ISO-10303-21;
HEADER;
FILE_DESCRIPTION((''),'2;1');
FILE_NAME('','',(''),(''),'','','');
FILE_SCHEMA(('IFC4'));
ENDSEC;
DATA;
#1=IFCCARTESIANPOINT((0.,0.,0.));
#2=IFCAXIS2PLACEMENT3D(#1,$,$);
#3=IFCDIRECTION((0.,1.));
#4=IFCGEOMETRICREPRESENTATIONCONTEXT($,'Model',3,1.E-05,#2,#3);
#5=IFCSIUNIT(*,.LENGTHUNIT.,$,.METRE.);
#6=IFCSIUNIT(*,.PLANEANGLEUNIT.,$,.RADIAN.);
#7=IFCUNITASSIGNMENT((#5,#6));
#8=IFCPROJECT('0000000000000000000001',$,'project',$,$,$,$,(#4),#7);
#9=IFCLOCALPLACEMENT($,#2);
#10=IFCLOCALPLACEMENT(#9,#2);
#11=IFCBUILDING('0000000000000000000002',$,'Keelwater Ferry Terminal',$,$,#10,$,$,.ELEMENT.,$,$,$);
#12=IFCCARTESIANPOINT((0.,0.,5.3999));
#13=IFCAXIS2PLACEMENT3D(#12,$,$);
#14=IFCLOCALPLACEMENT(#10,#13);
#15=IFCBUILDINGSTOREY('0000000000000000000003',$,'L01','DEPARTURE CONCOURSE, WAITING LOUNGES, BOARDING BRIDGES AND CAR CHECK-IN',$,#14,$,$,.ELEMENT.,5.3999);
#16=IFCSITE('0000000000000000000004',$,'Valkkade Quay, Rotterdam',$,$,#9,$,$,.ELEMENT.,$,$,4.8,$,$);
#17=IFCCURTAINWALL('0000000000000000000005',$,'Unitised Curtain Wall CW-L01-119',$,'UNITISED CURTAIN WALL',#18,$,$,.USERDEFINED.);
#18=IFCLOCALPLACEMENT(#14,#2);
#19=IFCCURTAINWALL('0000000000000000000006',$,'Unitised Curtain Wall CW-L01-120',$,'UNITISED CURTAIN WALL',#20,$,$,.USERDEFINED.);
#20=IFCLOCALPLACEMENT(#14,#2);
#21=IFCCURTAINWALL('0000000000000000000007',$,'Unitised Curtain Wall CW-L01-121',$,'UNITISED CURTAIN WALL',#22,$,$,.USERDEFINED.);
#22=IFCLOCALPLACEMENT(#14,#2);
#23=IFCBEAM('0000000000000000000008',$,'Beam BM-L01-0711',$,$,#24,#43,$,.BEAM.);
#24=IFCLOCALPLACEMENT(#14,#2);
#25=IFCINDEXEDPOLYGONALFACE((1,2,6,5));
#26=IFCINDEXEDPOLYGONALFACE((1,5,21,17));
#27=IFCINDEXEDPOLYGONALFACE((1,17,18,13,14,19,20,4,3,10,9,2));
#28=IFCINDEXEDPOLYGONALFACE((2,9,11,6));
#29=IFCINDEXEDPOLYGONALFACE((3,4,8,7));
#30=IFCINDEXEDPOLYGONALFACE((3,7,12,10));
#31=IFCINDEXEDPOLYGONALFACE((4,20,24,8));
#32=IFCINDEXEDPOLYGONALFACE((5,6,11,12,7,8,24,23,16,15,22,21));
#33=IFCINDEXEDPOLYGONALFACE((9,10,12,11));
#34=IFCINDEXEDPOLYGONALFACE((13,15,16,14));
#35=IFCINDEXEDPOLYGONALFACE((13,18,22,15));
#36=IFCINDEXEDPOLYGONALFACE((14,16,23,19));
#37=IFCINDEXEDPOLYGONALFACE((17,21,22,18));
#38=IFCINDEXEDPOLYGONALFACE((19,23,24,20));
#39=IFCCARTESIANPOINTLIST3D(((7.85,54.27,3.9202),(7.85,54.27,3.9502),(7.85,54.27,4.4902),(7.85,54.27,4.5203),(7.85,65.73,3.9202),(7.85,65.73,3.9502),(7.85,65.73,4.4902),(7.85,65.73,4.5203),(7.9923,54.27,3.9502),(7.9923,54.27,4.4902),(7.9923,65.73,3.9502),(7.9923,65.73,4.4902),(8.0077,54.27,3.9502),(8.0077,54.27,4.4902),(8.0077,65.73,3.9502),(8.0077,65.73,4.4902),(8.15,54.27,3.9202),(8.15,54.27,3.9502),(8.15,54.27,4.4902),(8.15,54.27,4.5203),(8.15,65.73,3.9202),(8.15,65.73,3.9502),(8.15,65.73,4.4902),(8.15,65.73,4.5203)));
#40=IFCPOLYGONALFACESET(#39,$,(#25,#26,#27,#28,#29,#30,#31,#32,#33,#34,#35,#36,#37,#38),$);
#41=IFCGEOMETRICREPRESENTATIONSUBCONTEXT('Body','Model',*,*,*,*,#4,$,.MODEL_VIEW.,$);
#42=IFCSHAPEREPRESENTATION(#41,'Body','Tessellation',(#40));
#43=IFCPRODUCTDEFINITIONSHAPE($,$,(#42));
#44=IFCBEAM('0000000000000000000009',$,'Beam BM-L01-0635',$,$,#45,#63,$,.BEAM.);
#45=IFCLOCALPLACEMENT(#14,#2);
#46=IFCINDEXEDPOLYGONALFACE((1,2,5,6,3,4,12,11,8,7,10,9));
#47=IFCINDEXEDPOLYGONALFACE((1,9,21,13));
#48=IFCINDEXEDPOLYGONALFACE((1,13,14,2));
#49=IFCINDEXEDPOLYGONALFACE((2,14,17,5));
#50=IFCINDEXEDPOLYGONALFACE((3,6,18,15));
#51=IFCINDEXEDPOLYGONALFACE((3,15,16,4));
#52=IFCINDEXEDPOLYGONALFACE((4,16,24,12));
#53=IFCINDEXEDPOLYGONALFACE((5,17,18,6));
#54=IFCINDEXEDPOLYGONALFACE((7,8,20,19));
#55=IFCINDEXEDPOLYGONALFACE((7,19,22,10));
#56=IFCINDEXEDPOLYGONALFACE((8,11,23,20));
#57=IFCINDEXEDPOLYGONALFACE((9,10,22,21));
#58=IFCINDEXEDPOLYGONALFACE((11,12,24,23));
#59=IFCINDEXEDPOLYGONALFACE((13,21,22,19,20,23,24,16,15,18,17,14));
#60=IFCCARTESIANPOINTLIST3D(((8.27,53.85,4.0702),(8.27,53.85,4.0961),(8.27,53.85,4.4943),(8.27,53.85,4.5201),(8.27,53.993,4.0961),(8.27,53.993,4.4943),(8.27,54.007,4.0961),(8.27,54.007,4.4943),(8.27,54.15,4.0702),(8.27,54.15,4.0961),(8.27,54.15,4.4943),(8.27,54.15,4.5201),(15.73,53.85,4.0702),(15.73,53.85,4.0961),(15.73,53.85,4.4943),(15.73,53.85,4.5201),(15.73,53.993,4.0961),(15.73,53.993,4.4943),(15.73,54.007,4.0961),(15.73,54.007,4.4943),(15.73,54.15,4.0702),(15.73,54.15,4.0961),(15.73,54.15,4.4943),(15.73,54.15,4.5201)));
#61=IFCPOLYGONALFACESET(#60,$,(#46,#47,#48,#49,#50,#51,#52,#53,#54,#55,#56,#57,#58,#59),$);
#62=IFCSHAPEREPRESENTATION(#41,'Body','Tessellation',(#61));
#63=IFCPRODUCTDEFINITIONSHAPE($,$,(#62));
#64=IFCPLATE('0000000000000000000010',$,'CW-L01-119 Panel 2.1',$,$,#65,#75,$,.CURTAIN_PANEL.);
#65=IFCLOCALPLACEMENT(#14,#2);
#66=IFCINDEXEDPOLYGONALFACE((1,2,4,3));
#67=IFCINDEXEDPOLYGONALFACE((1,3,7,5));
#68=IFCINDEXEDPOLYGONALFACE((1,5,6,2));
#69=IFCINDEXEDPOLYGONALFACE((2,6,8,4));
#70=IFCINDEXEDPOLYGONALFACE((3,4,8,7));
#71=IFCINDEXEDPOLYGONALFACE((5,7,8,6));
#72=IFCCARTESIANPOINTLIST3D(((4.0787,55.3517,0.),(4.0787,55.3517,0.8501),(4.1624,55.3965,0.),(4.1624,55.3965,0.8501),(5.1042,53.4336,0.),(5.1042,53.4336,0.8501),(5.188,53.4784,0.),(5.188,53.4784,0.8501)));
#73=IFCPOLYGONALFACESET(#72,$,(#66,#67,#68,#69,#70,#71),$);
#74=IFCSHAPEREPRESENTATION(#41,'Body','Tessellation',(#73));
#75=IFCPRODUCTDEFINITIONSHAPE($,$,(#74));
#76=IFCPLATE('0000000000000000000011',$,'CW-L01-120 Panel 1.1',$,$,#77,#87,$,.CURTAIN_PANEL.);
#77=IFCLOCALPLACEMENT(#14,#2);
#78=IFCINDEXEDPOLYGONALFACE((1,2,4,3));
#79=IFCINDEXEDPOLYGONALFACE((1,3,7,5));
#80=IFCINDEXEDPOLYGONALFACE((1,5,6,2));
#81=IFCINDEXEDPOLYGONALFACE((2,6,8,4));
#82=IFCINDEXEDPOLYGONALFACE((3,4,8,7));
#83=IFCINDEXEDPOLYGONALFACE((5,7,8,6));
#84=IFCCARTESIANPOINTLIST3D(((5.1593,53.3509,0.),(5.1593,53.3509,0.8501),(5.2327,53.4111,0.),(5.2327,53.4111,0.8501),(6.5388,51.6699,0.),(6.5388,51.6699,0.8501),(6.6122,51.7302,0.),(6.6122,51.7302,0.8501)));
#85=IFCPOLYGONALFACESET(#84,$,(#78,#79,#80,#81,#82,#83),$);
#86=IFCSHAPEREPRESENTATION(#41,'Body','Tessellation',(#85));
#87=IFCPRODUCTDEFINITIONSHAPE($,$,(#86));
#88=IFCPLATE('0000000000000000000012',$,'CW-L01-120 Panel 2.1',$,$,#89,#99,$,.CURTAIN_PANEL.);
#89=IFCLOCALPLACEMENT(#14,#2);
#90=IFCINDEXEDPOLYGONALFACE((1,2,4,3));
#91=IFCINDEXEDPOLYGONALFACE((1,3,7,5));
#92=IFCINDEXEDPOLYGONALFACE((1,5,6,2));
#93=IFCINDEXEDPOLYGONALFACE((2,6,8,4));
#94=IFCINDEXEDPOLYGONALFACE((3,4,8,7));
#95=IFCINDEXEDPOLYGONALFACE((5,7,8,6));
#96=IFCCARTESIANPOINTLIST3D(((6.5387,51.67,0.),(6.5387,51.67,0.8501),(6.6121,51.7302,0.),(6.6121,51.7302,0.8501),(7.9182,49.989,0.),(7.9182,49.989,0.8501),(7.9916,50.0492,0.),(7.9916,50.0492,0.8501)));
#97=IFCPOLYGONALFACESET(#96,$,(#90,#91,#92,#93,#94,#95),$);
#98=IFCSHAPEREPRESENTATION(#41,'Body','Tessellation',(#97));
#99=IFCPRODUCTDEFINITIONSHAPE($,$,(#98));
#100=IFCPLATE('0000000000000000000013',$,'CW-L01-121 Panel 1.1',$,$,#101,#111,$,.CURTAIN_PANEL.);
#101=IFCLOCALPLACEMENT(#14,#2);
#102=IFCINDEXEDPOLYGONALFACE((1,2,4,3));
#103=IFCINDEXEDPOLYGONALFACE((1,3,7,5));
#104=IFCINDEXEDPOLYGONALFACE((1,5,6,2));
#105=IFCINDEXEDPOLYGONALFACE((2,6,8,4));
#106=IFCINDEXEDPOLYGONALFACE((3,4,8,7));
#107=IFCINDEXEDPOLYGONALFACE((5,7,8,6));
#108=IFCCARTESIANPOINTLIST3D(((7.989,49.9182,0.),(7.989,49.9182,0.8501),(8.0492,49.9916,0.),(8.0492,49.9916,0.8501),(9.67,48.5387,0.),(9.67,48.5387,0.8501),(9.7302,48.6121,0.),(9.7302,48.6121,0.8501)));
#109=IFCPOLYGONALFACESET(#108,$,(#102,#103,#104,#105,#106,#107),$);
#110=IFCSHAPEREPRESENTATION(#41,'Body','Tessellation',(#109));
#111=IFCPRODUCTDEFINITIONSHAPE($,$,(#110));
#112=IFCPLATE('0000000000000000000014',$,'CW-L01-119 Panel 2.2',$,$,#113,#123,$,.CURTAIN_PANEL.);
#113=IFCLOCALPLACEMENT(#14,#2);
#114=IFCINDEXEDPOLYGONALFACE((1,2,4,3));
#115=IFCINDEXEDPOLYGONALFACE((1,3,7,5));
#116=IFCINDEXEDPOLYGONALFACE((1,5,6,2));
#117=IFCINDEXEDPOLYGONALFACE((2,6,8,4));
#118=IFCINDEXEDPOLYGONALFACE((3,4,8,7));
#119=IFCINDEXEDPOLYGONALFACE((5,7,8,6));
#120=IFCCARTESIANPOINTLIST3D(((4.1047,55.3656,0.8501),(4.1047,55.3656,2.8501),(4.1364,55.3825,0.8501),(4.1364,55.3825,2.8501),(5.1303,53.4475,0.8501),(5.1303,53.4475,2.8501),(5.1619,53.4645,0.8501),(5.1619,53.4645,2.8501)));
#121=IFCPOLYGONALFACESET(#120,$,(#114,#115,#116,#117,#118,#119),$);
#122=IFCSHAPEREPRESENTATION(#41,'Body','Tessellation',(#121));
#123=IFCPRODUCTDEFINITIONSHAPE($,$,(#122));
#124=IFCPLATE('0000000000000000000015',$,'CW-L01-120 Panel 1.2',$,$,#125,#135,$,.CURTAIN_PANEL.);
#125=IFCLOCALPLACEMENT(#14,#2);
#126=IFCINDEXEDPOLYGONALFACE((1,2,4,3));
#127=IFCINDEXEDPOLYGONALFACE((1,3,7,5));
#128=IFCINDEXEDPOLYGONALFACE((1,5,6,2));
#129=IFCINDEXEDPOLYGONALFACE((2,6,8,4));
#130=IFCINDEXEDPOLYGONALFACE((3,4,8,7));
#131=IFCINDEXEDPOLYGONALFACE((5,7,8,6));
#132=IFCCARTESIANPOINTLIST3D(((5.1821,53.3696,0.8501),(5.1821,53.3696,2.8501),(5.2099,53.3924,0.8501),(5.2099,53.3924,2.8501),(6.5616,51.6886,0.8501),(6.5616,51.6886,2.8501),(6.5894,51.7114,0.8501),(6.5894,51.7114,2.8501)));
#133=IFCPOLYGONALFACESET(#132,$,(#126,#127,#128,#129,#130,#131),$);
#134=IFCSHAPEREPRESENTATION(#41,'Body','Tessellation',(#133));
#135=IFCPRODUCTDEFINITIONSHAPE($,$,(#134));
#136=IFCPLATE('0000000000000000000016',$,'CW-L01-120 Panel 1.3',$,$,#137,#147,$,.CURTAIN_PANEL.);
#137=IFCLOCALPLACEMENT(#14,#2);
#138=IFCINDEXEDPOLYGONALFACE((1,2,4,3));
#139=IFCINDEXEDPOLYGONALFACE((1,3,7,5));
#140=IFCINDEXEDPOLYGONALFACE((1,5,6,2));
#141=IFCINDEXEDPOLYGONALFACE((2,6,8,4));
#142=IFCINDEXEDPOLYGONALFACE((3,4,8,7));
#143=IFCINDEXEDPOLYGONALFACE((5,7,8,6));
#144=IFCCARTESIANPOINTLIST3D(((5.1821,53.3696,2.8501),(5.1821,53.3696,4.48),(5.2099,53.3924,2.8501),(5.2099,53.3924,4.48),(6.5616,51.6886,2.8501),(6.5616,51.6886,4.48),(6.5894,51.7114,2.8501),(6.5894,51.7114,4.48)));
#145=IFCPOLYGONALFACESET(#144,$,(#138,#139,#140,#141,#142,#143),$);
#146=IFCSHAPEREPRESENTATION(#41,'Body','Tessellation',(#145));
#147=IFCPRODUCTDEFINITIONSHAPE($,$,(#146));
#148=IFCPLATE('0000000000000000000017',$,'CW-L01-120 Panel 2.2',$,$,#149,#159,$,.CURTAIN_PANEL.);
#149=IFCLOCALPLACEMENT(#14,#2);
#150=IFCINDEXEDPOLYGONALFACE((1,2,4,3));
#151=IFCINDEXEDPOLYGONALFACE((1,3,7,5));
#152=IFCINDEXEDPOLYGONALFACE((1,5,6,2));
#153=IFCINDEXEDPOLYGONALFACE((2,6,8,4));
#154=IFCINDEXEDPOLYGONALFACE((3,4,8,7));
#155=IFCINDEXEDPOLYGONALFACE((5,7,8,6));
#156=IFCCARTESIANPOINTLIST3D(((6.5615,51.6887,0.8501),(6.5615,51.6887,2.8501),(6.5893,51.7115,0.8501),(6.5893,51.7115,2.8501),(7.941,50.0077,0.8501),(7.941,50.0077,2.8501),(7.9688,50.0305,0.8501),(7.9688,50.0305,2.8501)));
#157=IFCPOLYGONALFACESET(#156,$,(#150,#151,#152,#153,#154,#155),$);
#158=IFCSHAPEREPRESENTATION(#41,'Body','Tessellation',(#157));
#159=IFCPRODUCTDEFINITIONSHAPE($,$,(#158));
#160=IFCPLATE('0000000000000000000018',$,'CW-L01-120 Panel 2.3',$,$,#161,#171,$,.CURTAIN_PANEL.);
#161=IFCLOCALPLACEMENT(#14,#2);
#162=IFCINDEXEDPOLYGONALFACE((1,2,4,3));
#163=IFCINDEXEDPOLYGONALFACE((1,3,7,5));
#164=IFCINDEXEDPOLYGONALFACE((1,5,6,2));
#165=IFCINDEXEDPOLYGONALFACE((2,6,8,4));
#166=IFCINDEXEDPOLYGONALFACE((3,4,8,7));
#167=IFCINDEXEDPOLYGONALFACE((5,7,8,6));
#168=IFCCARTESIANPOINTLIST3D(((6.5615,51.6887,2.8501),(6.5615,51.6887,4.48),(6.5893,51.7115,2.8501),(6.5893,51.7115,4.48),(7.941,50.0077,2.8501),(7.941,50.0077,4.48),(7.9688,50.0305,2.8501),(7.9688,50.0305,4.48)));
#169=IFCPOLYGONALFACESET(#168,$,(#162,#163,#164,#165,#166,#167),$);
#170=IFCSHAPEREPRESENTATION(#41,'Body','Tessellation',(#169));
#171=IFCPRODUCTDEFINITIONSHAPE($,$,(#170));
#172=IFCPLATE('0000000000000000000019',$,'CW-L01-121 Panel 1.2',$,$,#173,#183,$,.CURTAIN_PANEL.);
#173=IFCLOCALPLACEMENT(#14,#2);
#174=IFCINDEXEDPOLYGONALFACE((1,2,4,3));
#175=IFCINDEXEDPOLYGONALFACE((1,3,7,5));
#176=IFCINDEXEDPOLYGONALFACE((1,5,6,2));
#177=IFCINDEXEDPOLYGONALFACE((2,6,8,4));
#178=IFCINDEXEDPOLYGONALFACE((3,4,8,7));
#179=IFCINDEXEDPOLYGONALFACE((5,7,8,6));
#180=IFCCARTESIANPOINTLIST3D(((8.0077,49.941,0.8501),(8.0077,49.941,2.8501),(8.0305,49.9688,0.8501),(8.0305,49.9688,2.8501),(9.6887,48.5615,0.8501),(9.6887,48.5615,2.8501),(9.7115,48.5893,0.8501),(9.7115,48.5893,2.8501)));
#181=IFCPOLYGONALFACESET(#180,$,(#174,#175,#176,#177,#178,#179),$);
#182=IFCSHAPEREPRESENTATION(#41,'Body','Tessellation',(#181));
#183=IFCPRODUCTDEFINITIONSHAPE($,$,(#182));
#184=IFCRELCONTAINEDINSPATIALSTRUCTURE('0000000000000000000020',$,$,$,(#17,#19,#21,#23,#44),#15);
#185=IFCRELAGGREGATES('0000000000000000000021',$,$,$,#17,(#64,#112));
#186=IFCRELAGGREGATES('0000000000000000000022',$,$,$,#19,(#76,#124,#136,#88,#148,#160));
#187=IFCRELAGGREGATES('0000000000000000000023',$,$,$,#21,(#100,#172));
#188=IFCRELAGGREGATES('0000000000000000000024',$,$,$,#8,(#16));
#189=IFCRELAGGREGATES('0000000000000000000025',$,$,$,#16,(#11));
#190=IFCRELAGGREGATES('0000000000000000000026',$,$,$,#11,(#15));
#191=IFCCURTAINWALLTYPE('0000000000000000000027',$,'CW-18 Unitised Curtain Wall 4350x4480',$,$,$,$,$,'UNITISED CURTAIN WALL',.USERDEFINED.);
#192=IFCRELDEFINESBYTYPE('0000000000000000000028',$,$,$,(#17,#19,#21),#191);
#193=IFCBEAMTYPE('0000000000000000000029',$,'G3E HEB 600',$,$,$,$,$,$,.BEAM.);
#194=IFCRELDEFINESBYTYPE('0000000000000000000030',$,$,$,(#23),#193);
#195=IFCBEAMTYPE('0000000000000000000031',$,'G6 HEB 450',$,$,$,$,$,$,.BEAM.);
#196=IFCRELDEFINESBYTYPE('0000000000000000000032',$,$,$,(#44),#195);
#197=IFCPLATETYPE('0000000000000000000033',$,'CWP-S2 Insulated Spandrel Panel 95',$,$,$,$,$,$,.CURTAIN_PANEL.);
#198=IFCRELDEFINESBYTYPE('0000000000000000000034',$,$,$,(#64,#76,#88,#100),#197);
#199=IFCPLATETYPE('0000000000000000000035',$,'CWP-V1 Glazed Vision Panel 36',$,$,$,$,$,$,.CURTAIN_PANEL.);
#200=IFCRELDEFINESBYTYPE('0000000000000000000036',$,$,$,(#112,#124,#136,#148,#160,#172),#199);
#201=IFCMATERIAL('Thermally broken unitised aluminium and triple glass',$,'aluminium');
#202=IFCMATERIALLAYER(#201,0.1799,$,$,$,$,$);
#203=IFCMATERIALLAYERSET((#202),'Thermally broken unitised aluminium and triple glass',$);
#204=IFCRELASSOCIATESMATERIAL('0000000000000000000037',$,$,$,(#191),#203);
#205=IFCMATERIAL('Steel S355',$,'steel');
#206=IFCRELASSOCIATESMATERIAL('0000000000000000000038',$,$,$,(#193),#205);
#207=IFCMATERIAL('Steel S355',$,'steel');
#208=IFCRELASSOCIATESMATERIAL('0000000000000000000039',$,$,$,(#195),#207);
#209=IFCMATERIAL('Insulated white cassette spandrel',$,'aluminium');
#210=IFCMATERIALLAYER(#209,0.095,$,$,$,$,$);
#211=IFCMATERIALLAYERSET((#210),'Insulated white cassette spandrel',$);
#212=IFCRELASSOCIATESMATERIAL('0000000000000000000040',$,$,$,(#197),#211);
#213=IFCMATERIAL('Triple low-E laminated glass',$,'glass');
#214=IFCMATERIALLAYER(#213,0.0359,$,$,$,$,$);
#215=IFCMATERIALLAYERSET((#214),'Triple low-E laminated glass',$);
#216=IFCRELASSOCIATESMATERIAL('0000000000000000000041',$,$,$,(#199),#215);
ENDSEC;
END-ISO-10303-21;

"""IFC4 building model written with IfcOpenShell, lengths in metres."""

from ifc_helpers import new_model, si_unit, direction, frame, origin, origin_2d, place, context, subcontext, project, spatial, rectangle, i_section, extrude, material, layer, layer_set, material_profile, profile_set, type_object, element, aggregate, save


model = new_model("IFC4")

# Units and contexts
model_context = context("Model", 3, precision=1e-05, world=origin(), true_north=direction((0.0, 1.0)))
body_context = subcontext(model_context, "Body", "Model", "MODEL_VIEW")
ifc_project = project(units=[si_unit("LENGTHUNIT", "METRE"), si_unit("PLANEANGLEUNIT", "RADIAN")], contexts=[model_context])

# Site, building, storey
site_placement = place(None, origin())
site = spatial("IfcSite", under=ifc_project, at=site_placement, Name="Valkkade Quay, Rotterdam", CompositionType="ELEMENT", RefElevation=4.8)
building_placement = place(site_placement, origin())
building = spatial("IfcBuilding", under=site, at=building_placement, Name="Keelwater Ferry Terminal", CompositionType="ELEMENT")
storey_placement = place(building_placement, frame((0.0, 0.0, 5.3999)))
storey = spatial("IfcBuildingStorey", under=building, at=storey_placement, Name="L01", Description="DEPARTURE CONCOURSE, WAITING LOUNGES, BOARDING BRIDGES AND CAR CHECK-IN", CompositionType="ELEMENT", Elevation=5.3999)

# Curtain wall
ifc_material_1 = material(Name="Thermally broken unitised aluminium and triple glass", Category="aluminium")
ifc_layer_1 = layer(ifc_material_1, 0.1799)
ifc_layer_set_1 = layer_set([ifc_layer_1], Name="Thermally broken unitised aluminium and triple glass")
curtain_wall_type = type_object("IfcCurtainWallType", Name="CW-18 Unitised Curtain Wall 4350x4480", ElementType="UNITISED CURTAIN WALL", PredefinedType="USERDEFINED", material=ifc_layer_set_1)
curtain_wall_1_placement = place(storey_placement, origin())
curtain_wall_1 = element("IfcCurtainWall", 1, at=curtain_wall_1_placement, inside=storey, type_object=curtain_wall_type, Name="Unitised Curtain Wall CW-L01-119", ObjectType="UNITISED CURTAIN WALL", PredefinedType="USERDEFINED")

# Curtain wall
curtain_wall_2_placement = place(storey_placement, origin())
curtain_wall_2 = element("IfcCurtainWall", 2, at=curtain_wall_2_placement, inside=storey, type_object=curtain_wall_type, Name="Unitised Curtain Wall CW-L01-120", ObjectType="UNITISED CURTAIN WALL", PredefinedType="USERDEFINED")

# Curtain wall
curtain_wall_3_placement = place(storey_placement, origin())
curtain_wall_3 = element("IfcCurtainWall", 3, at=curtain_wall_3_placement, inside=storey, type_object=curtain_wall_type, Name="Unitised Curtain Wall CW-L01-121", ObjectType="UNITISED CURTAIN WALL", PredefinedType="USERDEFINED")

# Beams
ifc_material_2 = material(Name="Steel S355", Category="steel")
ifc_material_profile_1 = material_profile(ifc_material_2, i_section(OverallWidth=0.3, OverallDepth=0.6001, WebThickness=0.0154, FlangeThickness=0.03, at=origin_2d()), Name="HEB 600")
ifc_profile_set_1 = profile_set([ifc_material_profile_1], Name="Steel S355")
beam_type_1 = type_object("IfcBeamType", Name="G3E HEB 600", PredefinedType="BEAM", material=ifc_profile_set_1)
beam_1_placement = place(storey_placement, frame((8.0, 54.27, 4.2202), z_axis=(0.0, 1.0, 0.0), x_axis=(-1.0, 0.0, 0.0)))
element("IfcBeam", 4, at=beam_1_placement, inside=storey, type_object=beam_type_1, Name="Beam BM-L01-0711", PredefinedType="BEAM", context=body_context, shape_type="SweptSolid", body=[
    extrude(i_section(OverallWidth=0.3, OverallDepth=0.6001, WebThickness=0.0154, FlangeThickness=0.03, at=origin_2d()), origin(), (0.0, 0.0, 1.0), 11.46),
])
ifc_material_3 = material(Name="Steel S355", Category="steel")
ifc_material_profile_2 = material_profile(ifc_material_3, i_section(OverallWidth=0.3, OverallDepth=0.45, WebThickness=0.0139, FlangeThickness=0.0259, at=origin_2d()), Name="HEB 450")
ifc_profile_set_2 = profile_set([ifc_material_profile_2], Name="Steel S355")
beam_type_2 = type_object("IfcBeamType", Name="G6 HEB 450", PredefinedType="BEAM", material=ifc_profile_set_2)
beam_2_placement = place(storey_placement, frame((8.27, 54.0, 4.2952), z_axis=(1.0, 0.0, 0.0), x_axis=(0.0, 1.0, 0.0)))
element("IfcBeam", 5, at=beam_2_placement, inside=storey, type_object=beam_type_2, Name="Beam BM-L01-0635", PredefinedType="BEAM", context=body_context, shape_type="SweptSolid", body=[
    extrude(i_section(OverallWidth=0.3, OverallDepth=0.45, WebThickness=0.0139, FlangeThickness=0.0259, at=origin_2d()), origin(), (0.0, 0.0, 1.0), 7.46),
])

# Plates
ifc_material_4 = material(Name="Insulated white cassette spandrel", Category="aluminium")
ifc_layer_2 = layer(ifc_material_4, 0.095)
ifc_layer_set_2 = layer_set([ifc_layer_2], Name="Insulated white cassette spandrel")
plate_type_1 = type_object("IfcPlateType", Name="CWP-S2 Insulated Spandrel Panel 95", PredefinedType="CURTAIN_PANEL", material=ifc_layer_set_2)
plate_1_placement = place(storey_placement, frame((4.6333, 54.415, 0.0), z_axis=(0.0, 0.0, 1.0), x_axis=(0.471507, -0.881862, 0.0)))
plate_1 = element("IfcPlate", 6, at=plate_1_placement, type_object=plate_type_1, Name="CW-L01-119 Panel 2.1", PredefinedType="CURTAIN_PANEL", context=body_context, shape_type="SweptSolid", body=[
    extrude(rectangle(XDim=2.175, YDim=0.095, at=origin_2d()), origin(), (0.0, 0.0, 1.0), 0.8501),
])
plate_2_placement = place(storey_placement, frame((5.8857, 52.5405, 0.0), z_axis=(0.0, 0.0, 1.0), x_axis=(0.634377, -0.773024, 0.0)))
plate_2 = element("IfcPlate", 7, at=plate_2_placement, type_object=plate_type_1, Name="CW-L01-120 Panel 1.1", PredefinedType="CURTAIN_PANEL", context=body_context, shape_type="SweptSolid", body=[
    extrude(rectangle(XDim=2.1746, YDim=0.095, at=origin_2d()), origin(), (0.0, 0.0, 1.0), 0.8501),
])
plate_3_placement = place(storey_placement, frame((7.2651, 50.8596, 0.0), z_axis=(0.0, 0.0, 1.0), x_axis=(0.634377, -0.773024, 0.0)))
plate_3 = element("IfcPlate", 8, at=plate_3_placement, type_object=plate_type_1, Name="CW-L01-120 Panel 2.1", PredefinedType="CURTAIN_PANEL", context=body_context, shape_type="SweptSolid", body=[
    extrude(rectangle(XDim=2.1746, YDim=0.095, at=origin_2d()), origin(), (0.0, 0.0, 1.0), 0.8501),
])
plate_4_placement = place(storey_placement, frame((8.8596, 49.2651, 0.0), z_axis=(0.0, 0.0, 1.0), x_axis=(0.773024, -0.634377, 0.0)))
plate_4 = element("IfcPlate", 9, at=plate_4_placement, type_object=plate_type_1, Name="CW-L01-121 Panel 1.1", PredefinedType="CURTAIN_PANEL", context=body_context, shape_type="SweptSolid", body=[
    extrude(rectangle(XDim=2.1746, YDim=0.095, at=origin_2d()), origin(), (0.0, 0.0, 1.0), 0.8501),
])
ifc_material_5 = material(Name="Triple low-E laminated glass", Category="glass")
ifc_layer_3 = layer(ifc_material_5, 0.0359)
ifc_layer_set_3 = layer_set([ifc_layer_3], Name="Triple low-E laminated glass")
plate_type_2 = type_object("IfcPlateType", Name="CWP-V1 Glazed Vision Panel 36", PredefinedType="CURTAIN_PANEL", material=ifc_layer_set_3)
plate_5_placement = place(storey_placement, frame((4.6333, 54.415, 0.8501), z_axis=(0.0, 0.0, 1.0), x_axis=(0.471507, -0.881862, 0.0)))
plate_5 = element("IfcPlate", 10, at=plate_5_placement, type_object=plate_type_2, Name="CW-L01-119 Panel 2.2", PredefinedType="CURTAIN_PANEL", context=body_context, shape_type="SweptSolid", body=[
    extrude(rectangle(XDim=2.175, YDim=0.0359, at=origin_2d()), origin(), (0.0, 0.0, 1.0), 2.0),
])
aggregate(curtain_wall_1, [plate_1, plate_5])
plate_6_placement = place(storey_placement, frame((5.8857, 52.5405, 0.8501), z_axis=(0.0, 0.0, 1.0), x_axis=(0.634377, -0.773024, 0.0)))
plate_6 = element("IfcPlate", 11, at=plate_6_placement, type_object=plate_type_2, Name="CW-L01-120 Panel 1.2", PredefinedType="CURTAIN_PANEL", context=body_context, shape_type="SweptSolid", body=[
    extrude(rectangle(XDim=2.1746, YDim=0.0359, at=origin_2d()), origin(), (0.0, 0.0, 1.0), 2.0),
])
plate_7_placement = place(storey_placement, frame((5.8857, 52.5405, 2.8501), z_axis=(0.0, 0.0, 1.0), x_axis=(0.634377, -0.773024, 0.0)))
plate_7 = element("IfcPlate", 12, at=plate_7_placement, type_object=plate_type_2, Name="CW-L01-120 Panel 1.3", PredefinedType="CURTAIN_PANEL", context=body_context, shape_type="SweptSolid", body=[
    extrude(rectangle(XDim=2.1746, YDim=0.0359, at=origin_2d()), origin(), (0.0, 0.0, 1.0), 1.6299),
])
plate_8_placement = place(storey_placement, frame((7.2651, 50.8596, 0.8501), z_axis=(0.0, 0.0, 1.0), x_axis=(0.634377, -0.773024, 0.0)))
plate_8 = element("IfcPlate", 13, at=plate_8_placement, type_object=plate_type_2, Name="CW-L01-120 Panel 2.2", PredefinedType="CURTAIN_PANEL", context=body_context, shape_type="SweptSolid", body=[
    extrude(rectangle(XDim=2.1746, YDim=0.0359, at=origin_2d()), origin(), (0.0, 0.0, 1.0), 2.0),
])
plate_9_placement = place(storey_placement, frame((7.2651, 50.8596, 2.8501), z_axis=(0.0, 0.0, 1.0), x_axis=(0.634377, -0.773024, 0.0)))
plate_9 = element("IfcPlate", 14, at=plate_9_placement, type_object=plate_type_2, Name="CW-L01-120 Panel 2.3", PredefinedType="CURTAIN_PANEL", context=body_context, shape_type="SweptSolid", body=[
    extrude(rectangle(XDim=2.1746, YDim=0.0359, at=origin_2d()), origin(), (0.0, 0.0, 1.0), 1.6299),
])
aggregate(curtain_wall_2, [plate_2, plate_6, plate_7, plate_3, plate_8, plate_9])
plate_10_placement = place(storey_placement, frame((8.8596, 49.2651, 0.8501), z_axis=(0.0, 0.0, 1.0), x_axis=(0.773024, -0.634377, 0.0)))
plate_10 = element("IfcPlate", 15, at=plate_10_placement, type_object=plate_type_2, Name="CW-L01-121 Panel 1.2", PredefinedType="CURTAIN_PANEL", context=body_context, shape_type="SweptSolid", body=[
    extrude(rectangle(XDim=2.1746, YDim=0.0359, at=origin_2d()), origin(), (0.0, 0.0, 1.0), 2.0),
])
aggregate(curtain_wall_3, [plate_4, plate_10])

save(model, "model.ifc")
